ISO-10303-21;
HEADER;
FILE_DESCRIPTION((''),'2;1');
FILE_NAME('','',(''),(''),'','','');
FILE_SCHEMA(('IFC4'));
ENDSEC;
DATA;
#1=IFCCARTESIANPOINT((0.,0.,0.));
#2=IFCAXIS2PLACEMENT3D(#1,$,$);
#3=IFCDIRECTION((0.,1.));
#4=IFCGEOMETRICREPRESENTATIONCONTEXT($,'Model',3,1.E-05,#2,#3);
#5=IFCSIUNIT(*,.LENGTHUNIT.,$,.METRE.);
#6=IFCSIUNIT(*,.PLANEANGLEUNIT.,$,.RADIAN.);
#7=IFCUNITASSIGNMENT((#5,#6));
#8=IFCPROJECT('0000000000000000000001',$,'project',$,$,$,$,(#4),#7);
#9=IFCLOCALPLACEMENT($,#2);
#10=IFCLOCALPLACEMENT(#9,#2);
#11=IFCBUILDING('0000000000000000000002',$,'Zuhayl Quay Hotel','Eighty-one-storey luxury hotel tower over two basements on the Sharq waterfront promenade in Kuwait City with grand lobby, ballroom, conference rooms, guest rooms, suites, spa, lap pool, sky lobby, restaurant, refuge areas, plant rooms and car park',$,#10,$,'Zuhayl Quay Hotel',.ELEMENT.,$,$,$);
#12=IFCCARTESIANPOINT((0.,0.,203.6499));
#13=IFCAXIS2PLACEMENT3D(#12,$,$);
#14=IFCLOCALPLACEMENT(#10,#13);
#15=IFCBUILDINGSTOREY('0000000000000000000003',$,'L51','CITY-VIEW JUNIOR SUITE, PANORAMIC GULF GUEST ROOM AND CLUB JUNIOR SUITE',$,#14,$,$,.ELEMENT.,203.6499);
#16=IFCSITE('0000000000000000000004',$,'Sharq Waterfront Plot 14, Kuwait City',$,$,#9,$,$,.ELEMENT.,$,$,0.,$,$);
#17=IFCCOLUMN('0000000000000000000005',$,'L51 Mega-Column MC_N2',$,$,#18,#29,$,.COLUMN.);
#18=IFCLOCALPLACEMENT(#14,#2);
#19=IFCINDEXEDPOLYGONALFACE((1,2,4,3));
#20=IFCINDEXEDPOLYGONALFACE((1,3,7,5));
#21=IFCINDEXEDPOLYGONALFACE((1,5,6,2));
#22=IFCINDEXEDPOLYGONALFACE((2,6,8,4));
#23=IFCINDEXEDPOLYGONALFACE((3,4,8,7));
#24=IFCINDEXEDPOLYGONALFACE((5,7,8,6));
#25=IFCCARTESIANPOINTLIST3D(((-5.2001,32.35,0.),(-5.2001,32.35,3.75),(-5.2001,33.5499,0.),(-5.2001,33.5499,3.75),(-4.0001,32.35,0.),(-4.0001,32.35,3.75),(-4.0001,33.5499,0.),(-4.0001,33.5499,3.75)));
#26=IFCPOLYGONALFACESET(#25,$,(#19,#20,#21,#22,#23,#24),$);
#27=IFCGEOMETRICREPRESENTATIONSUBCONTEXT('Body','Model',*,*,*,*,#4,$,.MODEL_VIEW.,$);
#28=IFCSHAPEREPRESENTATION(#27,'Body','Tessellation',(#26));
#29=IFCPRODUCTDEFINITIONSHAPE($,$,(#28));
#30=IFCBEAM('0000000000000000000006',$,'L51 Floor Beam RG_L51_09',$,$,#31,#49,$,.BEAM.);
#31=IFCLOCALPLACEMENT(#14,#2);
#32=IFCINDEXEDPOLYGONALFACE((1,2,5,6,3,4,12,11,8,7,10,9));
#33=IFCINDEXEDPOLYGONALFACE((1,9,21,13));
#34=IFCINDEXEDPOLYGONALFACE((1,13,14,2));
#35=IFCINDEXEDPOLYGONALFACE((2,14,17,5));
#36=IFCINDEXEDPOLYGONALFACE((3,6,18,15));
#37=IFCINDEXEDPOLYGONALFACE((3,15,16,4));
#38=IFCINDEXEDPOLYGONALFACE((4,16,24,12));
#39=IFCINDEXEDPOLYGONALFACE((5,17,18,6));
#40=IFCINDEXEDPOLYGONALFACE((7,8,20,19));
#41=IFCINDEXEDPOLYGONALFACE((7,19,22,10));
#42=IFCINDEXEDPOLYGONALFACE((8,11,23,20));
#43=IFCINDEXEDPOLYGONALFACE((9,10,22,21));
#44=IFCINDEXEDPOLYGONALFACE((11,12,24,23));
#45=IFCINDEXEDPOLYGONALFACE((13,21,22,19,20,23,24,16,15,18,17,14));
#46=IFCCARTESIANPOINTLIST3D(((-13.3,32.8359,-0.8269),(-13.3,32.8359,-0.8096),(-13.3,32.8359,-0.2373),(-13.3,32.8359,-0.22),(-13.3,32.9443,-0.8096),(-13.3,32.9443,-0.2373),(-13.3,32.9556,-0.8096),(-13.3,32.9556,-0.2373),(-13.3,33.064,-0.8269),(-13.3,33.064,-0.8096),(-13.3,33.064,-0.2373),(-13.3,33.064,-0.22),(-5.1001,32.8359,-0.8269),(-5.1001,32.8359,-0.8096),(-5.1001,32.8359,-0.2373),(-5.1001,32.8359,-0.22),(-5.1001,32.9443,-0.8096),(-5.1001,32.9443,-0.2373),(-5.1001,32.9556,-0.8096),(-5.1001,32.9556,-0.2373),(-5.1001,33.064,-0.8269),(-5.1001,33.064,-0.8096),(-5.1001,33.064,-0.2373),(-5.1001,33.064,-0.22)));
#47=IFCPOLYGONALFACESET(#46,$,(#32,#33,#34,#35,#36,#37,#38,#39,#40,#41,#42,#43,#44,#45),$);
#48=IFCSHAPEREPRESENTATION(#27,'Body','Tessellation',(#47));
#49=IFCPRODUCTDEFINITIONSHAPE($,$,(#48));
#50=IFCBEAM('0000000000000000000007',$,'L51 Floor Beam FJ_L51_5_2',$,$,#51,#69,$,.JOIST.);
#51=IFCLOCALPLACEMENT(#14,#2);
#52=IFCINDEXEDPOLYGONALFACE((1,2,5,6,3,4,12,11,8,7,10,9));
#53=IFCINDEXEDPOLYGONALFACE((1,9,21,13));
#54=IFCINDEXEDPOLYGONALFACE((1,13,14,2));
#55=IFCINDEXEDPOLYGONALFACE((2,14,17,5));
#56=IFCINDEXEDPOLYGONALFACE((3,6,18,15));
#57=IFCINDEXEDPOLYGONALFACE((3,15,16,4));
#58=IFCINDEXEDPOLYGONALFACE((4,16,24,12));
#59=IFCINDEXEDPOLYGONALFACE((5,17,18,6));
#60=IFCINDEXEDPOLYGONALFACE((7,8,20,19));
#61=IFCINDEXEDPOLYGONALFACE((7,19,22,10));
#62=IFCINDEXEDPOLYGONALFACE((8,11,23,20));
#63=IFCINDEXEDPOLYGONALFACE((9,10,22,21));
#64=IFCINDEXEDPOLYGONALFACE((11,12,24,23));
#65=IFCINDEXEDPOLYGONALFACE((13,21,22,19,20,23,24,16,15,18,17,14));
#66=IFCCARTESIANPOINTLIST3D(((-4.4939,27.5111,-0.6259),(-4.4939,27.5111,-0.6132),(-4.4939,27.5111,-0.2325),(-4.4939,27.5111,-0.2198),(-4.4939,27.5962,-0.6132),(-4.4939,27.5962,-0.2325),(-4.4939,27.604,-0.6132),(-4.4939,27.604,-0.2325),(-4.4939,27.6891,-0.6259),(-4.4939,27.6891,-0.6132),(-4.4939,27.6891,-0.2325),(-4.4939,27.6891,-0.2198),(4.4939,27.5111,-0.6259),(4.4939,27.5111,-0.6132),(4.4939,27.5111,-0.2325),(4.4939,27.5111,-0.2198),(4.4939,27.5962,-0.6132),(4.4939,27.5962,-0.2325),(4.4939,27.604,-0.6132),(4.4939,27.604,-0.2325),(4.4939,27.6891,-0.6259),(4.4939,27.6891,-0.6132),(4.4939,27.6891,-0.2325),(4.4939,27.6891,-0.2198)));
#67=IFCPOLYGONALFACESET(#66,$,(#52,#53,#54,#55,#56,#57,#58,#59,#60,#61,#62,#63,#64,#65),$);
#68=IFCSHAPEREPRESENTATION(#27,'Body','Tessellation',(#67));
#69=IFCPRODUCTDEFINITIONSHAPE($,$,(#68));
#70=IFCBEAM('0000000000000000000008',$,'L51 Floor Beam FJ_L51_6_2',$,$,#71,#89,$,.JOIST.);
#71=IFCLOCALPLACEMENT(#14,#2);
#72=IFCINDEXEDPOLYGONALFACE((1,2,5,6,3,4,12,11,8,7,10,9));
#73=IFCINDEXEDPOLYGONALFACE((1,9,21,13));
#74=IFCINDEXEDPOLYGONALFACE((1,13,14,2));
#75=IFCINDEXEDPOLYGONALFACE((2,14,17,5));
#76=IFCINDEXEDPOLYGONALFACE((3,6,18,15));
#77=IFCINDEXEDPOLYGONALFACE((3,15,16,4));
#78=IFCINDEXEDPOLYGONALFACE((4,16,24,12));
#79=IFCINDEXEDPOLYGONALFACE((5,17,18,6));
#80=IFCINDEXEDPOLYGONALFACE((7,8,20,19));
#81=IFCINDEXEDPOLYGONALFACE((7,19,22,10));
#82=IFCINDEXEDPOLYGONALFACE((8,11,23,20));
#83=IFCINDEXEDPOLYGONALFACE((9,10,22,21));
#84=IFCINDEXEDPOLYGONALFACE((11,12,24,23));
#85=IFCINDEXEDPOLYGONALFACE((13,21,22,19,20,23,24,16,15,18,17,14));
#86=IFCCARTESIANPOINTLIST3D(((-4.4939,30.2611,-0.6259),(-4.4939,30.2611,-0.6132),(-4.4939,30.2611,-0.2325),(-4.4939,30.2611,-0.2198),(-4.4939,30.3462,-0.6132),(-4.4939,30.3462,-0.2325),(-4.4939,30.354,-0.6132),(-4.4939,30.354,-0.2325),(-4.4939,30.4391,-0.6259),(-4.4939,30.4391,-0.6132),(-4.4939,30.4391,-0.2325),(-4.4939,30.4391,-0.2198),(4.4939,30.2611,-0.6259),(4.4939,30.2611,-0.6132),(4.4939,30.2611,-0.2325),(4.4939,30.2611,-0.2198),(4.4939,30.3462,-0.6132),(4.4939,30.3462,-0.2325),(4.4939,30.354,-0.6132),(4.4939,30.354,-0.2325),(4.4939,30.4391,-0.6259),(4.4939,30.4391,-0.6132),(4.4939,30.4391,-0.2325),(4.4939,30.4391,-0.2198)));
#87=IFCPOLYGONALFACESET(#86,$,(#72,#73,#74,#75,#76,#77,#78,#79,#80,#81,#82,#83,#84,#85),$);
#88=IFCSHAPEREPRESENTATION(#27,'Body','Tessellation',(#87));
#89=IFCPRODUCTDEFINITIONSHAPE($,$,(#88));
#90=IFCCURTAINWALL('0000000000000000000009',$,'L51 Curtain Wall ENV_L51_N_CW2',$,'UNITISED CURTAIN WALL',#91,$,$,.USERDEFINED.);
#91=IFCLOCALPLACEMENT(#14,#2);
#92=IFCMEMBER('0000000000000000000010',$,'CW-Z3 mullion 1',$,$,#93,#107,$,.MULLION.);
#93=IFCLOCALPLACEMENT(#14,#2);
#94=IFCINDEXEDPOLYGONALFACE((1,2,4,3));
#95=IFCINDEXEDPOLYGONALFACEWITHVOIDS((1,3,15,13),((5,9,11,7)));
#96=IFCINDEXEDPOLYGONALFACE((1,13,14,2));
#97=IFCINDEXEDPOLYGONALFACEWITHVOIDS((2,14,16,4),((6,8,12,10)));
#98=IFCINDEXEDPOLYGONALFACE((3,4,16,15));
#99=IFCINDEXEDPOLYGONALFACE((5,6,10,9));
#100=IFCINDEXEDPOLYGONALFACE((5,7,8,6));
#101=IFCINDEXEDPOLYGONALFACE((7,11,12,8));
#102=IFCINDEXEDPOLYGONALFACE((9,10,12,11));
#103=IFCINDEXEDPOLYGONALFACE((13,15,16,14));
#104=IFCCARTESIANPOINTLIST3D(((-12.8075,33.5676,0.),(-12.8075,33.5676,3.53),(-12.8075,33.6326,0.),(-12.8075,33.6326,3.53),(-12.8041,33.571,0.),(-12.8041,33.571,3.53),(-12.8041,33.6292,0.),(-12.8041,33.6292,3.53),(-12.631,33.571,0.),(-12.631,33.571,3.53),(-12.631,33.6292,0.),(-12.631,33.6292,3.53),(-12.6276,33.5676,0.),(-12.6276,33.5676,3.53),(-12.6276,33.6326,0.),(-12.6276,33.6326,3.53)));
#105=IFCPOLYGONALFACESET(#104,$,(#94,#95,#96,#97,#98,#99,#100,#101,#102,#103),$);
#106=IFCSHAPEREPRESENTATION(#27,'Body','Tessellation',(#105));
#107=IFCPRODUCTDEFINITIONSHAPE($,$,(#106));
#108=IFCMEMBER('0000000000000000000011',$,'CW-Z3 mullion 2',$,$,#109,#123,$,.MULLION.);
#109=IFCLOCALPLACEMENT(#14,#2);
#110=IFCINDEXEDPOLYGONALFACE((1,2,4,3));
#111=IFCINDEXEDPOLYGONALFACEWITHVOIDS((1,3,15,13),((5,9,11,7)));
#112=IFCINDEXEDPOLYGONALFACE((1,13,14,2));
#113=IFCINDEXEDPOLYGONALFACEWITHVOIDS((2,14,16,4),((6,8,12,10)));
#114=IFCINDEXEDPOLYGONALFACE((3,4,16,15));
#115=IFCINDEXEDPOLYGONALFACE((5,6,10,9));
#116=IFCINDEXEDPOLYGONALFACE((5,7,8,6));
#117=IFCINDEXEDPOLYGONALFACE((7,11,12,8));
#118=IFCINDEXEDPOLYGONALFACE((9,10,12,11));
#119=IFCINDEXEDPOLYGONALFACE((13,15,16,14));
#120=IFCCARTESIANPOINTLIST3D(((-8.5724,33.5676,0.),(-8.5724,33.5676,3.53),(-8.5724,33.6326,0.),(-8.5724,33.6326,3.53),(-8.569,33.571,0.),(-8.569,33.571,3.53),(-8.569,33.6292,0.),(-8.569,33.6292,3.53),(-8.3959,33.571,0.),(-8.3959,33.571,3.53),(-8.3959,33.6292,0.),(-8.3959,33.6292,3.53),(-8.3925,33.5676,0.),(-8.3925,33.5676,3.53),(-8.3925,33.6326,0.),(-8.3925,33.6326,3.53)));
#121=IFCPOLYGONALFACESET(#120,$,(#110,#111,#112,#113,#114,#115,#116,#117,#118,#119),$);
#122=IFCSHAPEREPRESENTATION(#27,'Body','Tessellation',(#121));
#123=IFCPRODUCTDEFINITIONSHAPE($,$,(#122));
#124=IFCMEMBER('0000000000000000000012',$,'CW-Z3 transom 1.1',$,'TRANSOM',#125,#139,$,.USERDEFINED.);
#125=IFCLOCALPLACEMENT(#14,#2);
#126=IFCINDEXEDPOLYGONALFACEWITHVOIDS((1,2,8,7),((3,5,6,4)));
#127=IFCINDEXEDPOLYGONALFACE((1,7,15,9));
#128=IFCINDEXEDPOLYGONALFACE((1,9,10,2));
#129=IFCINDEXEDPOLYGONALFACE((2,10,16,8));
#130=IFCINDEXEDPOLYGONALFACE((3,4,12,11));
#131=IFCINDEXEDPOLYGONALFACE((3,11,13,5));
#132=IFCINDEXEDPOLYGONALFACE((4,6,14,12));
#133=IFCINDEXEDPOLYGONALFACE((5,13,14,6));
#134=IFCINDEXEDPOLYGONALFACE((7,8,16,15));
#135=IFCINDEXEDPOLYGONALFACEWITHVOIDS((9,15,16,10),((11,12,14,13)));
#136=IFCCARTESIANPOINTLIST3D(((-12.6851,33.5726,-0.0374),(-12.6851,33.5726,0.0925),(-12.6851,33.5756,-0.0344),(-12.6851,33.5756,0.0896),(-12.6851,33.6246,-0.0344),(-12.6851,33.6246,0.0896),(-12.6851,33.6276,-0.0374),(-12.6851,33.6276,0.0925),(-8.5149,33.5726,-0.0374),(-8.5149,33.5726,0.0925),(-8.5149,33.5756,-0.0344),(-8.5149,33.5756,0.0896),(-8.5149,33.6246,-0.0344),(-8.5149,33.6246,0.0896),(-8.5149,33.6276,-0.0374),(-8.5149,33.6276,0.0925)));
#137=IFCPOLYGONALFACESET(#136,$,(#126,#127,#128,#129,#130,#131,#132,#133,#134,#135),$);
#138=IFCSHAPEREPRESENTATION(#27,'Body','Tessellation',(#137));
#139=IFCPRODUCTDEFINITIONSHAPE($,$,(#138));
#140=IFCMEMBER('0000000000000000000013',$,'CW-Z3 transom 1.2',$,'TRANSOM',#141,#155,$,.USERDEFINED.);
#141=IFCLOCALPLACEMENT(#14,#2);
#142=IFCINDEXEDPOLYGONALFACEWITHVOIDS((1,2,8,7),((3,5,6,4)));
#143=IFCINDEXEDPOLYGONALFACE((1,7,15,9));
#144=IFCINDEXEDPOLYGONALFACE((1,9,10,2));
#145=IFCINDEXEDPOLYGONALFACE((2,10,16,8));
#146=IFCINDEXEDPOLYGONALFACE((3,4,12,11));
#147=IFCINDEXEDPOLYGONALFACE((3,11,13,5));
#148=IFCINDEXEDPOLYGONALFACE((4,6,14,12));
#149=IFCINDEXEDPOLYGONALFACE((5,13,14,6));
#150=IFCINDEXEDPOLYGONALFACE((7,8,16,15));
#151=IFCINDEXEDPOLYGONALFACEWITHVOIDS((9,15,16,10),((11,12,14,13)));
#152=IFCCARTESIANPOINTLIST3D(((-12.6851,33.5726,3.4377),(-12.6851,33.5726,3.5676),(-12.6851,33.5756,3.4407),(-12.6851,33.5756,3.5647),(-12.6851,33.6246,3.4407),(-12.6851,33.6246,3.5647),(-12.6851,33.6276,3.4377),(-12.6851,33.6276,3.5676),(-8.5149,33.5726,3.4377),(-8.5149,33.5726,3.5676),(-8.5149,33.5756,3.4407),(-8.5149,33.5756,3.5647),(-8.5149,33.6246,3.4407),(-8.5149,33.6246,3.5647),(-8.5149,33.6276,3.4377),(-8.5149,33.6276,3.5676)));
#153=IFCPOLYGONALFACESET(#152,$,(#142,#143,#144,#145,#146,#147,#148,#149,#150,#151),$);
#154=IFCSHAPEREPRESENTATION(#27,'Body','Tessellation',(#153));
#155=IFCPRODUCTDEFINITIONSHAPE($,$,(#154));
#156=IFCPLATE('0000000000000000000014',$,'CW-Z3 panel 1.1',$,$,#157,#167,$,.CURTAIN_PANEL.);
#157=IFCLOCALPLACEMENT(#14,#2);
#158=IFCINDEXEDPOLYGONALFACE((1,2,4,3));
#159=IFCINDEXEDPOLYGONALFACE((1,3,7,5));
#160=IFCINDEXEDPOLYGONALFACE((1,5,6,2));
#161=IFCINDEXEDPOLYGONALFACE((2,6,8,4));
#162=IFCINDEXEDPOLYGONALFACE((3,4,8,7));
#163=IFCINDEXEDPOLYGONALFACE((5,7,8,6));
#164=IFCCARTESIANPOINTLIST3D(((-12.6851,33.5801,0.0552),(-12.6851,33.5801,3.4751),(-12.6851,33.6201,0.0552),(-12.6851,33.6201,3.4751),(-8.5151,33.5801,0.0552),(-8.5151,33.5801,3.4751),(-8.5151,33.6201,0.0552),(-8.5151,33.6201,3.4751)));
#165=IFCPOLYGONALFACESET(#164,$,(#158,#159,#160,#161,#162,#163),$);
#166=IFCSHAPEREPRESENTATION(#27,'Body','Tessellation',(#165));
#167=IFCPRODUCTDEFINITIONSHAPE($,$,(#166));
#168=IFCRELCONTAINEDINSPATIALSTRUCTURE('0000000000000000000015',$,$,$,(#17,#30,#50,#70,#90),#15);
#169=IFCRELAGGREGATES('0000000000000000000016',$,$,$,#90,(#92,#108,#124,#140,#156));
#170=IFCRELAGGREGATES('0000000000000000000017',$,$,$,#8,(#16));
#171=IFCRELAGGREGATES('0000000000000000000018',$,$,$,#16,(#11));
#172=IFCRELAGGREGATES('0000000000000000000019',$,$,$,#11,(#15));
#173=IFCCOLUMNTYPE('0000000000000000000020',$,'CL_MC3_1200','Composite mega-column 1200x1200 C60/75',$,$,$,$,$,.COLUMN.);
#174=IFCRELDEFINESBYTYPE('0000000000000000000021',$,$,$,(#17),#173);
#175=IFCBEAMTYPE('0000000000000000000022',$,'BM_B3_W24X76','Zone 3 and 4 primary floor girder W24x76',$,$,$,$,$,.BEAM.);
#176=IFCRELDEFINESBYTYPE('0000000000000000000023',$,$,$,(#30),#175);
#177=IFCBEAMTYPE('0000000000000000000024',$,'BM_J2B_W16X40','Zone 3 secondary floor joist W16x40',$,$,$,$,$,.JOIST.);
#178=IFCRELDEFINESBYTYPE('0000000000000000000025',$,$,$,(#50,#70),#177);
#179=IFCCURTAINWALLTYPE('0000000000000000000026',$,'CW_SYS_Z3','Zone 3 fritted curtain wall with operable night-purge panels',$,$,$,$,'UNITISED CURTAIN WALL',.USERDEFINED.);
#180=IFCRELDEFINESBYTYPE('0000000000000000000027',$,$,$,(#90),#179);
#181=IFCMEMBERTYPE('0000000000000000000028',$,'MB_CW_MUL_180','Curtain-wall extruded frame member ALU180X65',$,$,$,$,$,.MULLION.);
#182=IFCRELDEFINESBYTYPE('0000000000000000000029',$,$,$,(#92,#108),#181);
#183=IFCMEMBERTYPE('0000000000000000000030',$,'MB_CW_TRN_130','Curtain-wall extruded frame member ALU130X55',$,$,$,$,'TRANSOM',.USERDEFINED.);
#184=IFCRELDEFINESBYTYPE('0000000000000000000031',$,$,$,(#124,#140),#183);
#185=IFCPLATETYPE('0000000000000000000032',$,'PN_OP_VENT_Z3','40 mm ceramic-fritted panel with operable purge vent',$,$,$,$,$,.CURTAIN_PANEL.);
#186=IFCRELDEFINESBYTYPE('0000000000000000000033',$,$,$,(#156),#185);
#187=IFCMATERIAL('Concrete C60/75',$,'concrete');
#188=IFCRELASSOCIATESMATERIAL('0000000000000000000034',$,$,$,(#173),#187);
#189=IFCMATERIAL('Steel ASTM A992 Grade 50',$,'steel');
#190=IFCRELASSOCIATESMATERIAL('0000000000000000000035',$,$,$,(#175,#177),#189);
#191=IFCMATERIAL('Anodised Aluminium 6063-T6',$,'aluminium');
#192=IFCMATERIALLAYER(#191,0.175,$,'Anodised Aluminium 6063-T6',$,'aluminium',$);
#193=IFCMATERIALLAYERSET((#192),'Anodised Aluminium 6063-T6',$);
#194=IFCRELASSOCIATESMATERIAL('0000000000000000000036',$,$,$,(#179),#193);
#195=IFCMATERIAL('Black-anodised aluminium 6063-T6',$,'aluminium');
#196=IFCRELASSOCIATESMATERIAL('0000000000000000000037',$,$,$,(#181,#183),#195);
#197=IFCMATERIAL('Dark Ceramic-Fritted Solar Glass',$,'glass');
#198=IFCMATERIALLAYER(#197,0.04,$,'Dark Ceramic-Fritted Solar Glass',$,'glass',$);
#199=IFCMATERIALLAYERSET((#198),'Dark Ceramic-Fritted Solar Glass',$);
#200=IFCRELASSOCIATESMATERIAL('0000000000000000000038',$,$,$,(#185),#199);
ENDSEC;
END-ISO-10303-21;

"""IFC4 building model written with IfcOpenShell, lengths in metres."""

from ifc_helpers import new_model, si_unit, direction, frame, origin, origin_2d, place, context, subcontext, project, spatial, rectangle, hollow_rectangle, i_section, extrude, material, layer, layer_set, material_profile, profile_set, type_object, element, aggregate, save


model = new_model("IFC4")

# Units and contexts
model_context = context("Model", 3, precision=1e-05, world=origin(), true_north=direction((0.0, 1.0)))
body_context = subcontext(model_context, "Body", "Model", "MODEL_VIEW")
ifc_project = project(units=[si_unit("LENGTHUNIT", "METRE"), si_unit("PLANEANGLEUNIT", "RADIAN")], contexts=[model_context])

# Site, building, storey
site_placement = place(None, origin())
site = spatial("IfcSite", under=ifc_project, at=site_placement, Name="Sharq Waterfront Plot 14, Kuwait City", CompositionType="ELEMENT", RefElevation=0.0)
building_placement = place(site_placement, origin())
building = spatial("IfcBuilding", under=site, at=building_placement, Name="Zuhayl Quay Hotel", Description="Eighty-one-storey luxury hotel tower over two basements on the Sharq waterfront promenade in Kuwait City with grand lobby, ballroom, conference rooms, guest rooms, suites, spa, lap pool, sky lobby, restaurant, refuge areas, plant rooms and car park", LongName="Zuhayl Quay Hotel", CompositionType="ELEMENT")
storey_placement = place(building_placement, frame((0.0, 0.0, 203.6499)))
storey = spatial("IfcBuildingStorey", under=building, at=storey_placement, Name="L51", Description="CITY-VIEW JUNIOR SUITE, PANORAMIC GULF GUEST ROOM AND CLUB JUNIOR SUITE", CompositionType="ELEMENT", Elevation=203.6499)

# Column
ifc_material_1 = material(Name="Concrete C60/75", Category="concrete")
ifc_material_profile_1 = material_profile(ifc_material_1, rectangle(XDim=1.2, YDim=1.2, at=origin_2d()), Name="RC1200X1200")
ifc_profile_set_1 = profile_set([ifc_material_profile_1], Name="Concrete C60/75")
column_type = type_object("IfcColumnType", Name="CL_MC3_1200", Description="Composite mega-column 1200x1200 C60/75", PredefinedType="COLUMN", material=ifc_profile_set_1)
column_placement = place(storey_placement, frame((-4.6001, 32.95, 0.0), z_axis=(0.0, 0.0, 1.0), x_axis=(1.0, 0.0, 0.0)))
element("IfcColumn", 1, at=column_placement, inside=storey, type_object=column_type, Name="L51 Mega-Column MC_N2", PredefinedType="COLUMN", context=body_context, shape_type="SweptSolid", body=[
    extrude(rectangle(XDim=1.2, YDim=1.2, at=origin_2d()), origin(), (0.0, 0.0, 1.0), 3.75),
])

# Beams
ifc_material_2 = material(Name="Steel ASTM A992 Grade 50", Category="steel")
ifc_material_profile_2 = material_profile(ifc_material_2, i_section(OverallWidth=0.228, OverallDepth=0.6069, WebThickness=0.0112, FlangeThickness=0.0173, at=origin_2d()), Name="W24X76")
ifc_profile_set_2 = profile_set([ifc_material_profile_2], Name="Steel ASTM A992 Grade 50")
beam_type_1 = type_object("IfcBeamType", Name="BM_B3_W24X76", Description="Zone 3 and 4 primary floor girder W24x76", PredefinedType="BEAM", material=ifc_profile_set_2)
beam_placement = place(storey_placement, frame((-5.1001, 32.95, -0.5234), z_axis=(-1.0, 0.0, 0.0), x_axis=(0.0, -1.0, 0.0)))
element("IfcBeam", 2, at=beam_placement, inside=storey, type_object=beam_type_1, Name="L51 Floor Beam RG_L51_09", PredefinedType="BEAM", context=body_context, shape_type="SweptSolid", body=[
    extrude(i_section(OverallWidth=0.228, OverallDepth=0.6069, WebThickness=0.0112, FlangeThickness=0.0173, at=origin_2d()), origin(), (0.0, 0.0, 1.0), 8.2),
])
ifc_material_profile_3 = material_profile(ifc_material_2, i_section(OverallWidth=0.178, OverallDepth=0.406, WebThickness=0.0078, FlangeThickness=0.0127, at=origin_2d()), Name="W16X40")
ifc_profile_set_3 = profile_set([ifc_material_profile_3], Name="Steel ASTM A992 Grade 50")
beam_type_2 = type_object("IfcBeamType", Name="BM_J2B_W16X40", Description="Zone 3 secondary floor joist W16x40", PredefinedType="JOIST", material=ifc_profile_set_3)
for number, where, z_axis, x_axis, name in (
    (3, (-4.4939, 27.6001, -0.4229), (1.0, 0.0, 0.0), (0.0, 1.0, 0.0), "L51 Floor Beam FJ_L51_5_2"),
    (4, (-4.4939, 30.3501, -0.4229), (1.0, 0.0, 0.0), (0.0, 1.0, 0.0), "L51 Floor Beam FJ_L51_6_2"),
):
    element("IfcBeam", number, at=place(storey_placement, frame(where, z_axis=z_axis, x_axis=x_axis)), inside=storey, type_object=beam_type_2, Name=name, PredefinedType="JOIST", context=body_context, shape_type="SweptSolid", body=[
        extrude(i_section(OverallWidth=0.178, OverallDepth=0.406, WebThickness=0.0078, FlangeThickness=0.0127, at=origin_2d()), origin(), (0.0, 0.0, 1.0), 8.9878),
    ])

# Curtain wall, members, plate
ifc_material_3 = material(Name="Anodised Aluminium 6063-T6", Category="aluminium")
ifc_layer_1 = layer(ifc_material_3, 0.175, Name="Anodised Aluminium 6063-T6", Category="aluminium")
ifc_layer_set_1 = layer_set([ifc_layer_1], Name="Anodised Aluminium 6063-T6")
curtain_wall_type = type_object("IfcCurtainWallType", Name="CW_SYS_Z3", Description="Zone 3 fritted curtain wall with operable night-purge panels", ElementType="UNITISED CURTAIN WALL", PredefinedType="USERDEFINED", material=ifc_layer_set_1)
curtain_wall_placement = place(storey_placement, origin())
curtain_wall = element("IfcCurtainWall", 5, at=curtain_wall_placement, inside=storey, type_object=curtain_wall_type, Name="L51 Curtain Wall ENV_L51_N_CW2", ObjectType="UNITISED CURTAIN WALL", PredefinedType="USERDEFINED")
ifc_material_4 = material(Name="Black-anodised aluminium 6063-T6", Category="aluminium")
ifc_material_profile_4 = material_profile(ifc_material_4, hollow_rectangle(XDim=0.0649, YDim=0.1799, WallThickness=0.0034, at=origin_2d()), Name="ALU180X65")
ifc_profile_set_4 = profile_set([ifc_material_profile_4], Name="Black-anodised aluminium 6063-T6")
member_type_1 = type_object("IfcMemberType", Name="MB_CW_MUL_180", Description="Curtain-wall extruded frame member ALU180X65", PredefinedType="MULLION", material=ifc_profile_set_4)
member_1_placement = place(storey_placement, frame((-12.7175, 33.6001, 0.0), z_axis=(0.0, 0.0, 1.0), x_axis=(0.0, 1.0, 0.0)))
member_1 = element("IfcMember", 6, at=member_1_placement, type_object=member_type_1, Name="CW-Z3 mullion 1", PredefinedType="MULLION", context=body_context, shape_type="SweptSolid", body=[
    extrude(hollow_rectangle(XDim=0.0649, YDim=0.1799, WallThickness=0.0034, at=origin_2d()), origin(), (0.0, 0.0, 1.0), 3.53),
])
member_2_placement = place(storey_placement, frame((-8.4824, 33.6001, 0.0), z_axis=(0.0, 0.0, 1.0), x_axis=(0.0, 1.0, 0.0)))
member_2 = element("IfcMember", 7, at=member_2_placement, type_object=member_type_1, Name="CW-Z3 mullion 2", PredefinedType="MULLION", context=body_context, shape_type="SweptSolid", body=[
    extrude(hollow_rectangle(XDim=0.0649, YDim=0.1799, WallThickness=0.0034, at=origin_2d()), origin(), (0.0, 0.0, 1.0), 3.53),
])
ifc_material_profile_5 = material_profile(ifc_material_4, hollow_rectangle(XDim=0.0549, YDim=0.1299, WallThickness=0.0029, at=origin_2d()), Name="ALU130X55")
ifc_profile_set_5 = profile_set([ifc_material_profile_5], Name="Black-anodised aluminium 6063-T6")
member_type_2 = type_object("IfcMemberType", Name="MB_CW_TRN_130", Description="Curtain-wall extruded frame member ALU130X55", ElementType="TRANSOM", PredefinedType="USERDEFINED", material=ifc_profile_set_5)
member_3_placement = place(storey_placement, frame((-12.6851, 33.6001, 0.0276), z_axis=(1.0, 0.0, 0.0), x_axis=(0.0, 1.0, 0.0)))
member_3 = element("IfcMember", 8, at=member_3_placement, type_object=member_type_2, Name="CW-Z3 transom 1.1", ObjectType="TRANSOM", PredefinedType="USERDEFINED", context=body_context, shape_type="SweptSolid", body=[
    extrude(hollow_rectangle(XDim=0.0549, YDim=0.1299, WallThickness=0.0029, at=origin_2d()), origin(), (0.0, 0.0, 1.0), 4.1702),
])
member_4_placement = place(storey_placement, frame((-12.6851, 33.6001, 3.5027), z_axis=(1.0, 0.0, 0.0), x_axis=(0.0, 1.0, 0.0)))
member_4 = element("IfcMember", 9, at=member_4_placement, type_object=member_type_2, Name="CW-Z3 transom 1.2", ObjectType="TRANSOM", PredefinedType="USERDEFINED", context=body_context, shape_type="SweptSolid", body=[
    extrude(hollow_rectangle(XDim=0.0549, YDim=0.1299, WallThickness=0.0029, at=origin_2d()), origin(), (0.0, 0.0, 1.0), 4.1702),
])
ifc_material_5 = material(Name="Dark Ceramic-Fritted Solar Glass", Category="glass")
ifc_layer_2 = layer(ifc_material_5, 0.04, Name="Dark Ceramic-Fritted Solar Glass", Category="glass")
ifc_layer_set_2 = layer_set([ifc_layer_2], Name="Dark Ceramic-Fritted Solar Glass")
plate_type = type_object("IfcPlateType", Name="PN_OP_VENT_Z3", Description="40 mm ceramic-fritted panel with operable purge vent", PredefinedType="CURTAIN_PANEL", material=ifc_layer_set_2)
plate_placement = place(storey_placement, frame((-10.6001, 33.6001, 0.0552), z_axis=(0.0, 0.0, 1.0), x_axis=(1.0, 0.0, 0.0)))
plate = element("IfcPlate", 10, at=plate_placement, type_object=plate_type, Name="CW-Z3 panel 1.1", PredefinedType="CURTAIN_PANEL", context=body_context, shape_type="SweptSolid", body=[
    extrude(rectangle(XDim=4.1699, YDim=0.04, at=origin_2d()), origin(), (0.0, 0.0, 1.0), 3.4199),
])
aggregate(curtain_wall, [member_1, member_2, member_3, member_4, plate])

save(model, "model.ifc")
